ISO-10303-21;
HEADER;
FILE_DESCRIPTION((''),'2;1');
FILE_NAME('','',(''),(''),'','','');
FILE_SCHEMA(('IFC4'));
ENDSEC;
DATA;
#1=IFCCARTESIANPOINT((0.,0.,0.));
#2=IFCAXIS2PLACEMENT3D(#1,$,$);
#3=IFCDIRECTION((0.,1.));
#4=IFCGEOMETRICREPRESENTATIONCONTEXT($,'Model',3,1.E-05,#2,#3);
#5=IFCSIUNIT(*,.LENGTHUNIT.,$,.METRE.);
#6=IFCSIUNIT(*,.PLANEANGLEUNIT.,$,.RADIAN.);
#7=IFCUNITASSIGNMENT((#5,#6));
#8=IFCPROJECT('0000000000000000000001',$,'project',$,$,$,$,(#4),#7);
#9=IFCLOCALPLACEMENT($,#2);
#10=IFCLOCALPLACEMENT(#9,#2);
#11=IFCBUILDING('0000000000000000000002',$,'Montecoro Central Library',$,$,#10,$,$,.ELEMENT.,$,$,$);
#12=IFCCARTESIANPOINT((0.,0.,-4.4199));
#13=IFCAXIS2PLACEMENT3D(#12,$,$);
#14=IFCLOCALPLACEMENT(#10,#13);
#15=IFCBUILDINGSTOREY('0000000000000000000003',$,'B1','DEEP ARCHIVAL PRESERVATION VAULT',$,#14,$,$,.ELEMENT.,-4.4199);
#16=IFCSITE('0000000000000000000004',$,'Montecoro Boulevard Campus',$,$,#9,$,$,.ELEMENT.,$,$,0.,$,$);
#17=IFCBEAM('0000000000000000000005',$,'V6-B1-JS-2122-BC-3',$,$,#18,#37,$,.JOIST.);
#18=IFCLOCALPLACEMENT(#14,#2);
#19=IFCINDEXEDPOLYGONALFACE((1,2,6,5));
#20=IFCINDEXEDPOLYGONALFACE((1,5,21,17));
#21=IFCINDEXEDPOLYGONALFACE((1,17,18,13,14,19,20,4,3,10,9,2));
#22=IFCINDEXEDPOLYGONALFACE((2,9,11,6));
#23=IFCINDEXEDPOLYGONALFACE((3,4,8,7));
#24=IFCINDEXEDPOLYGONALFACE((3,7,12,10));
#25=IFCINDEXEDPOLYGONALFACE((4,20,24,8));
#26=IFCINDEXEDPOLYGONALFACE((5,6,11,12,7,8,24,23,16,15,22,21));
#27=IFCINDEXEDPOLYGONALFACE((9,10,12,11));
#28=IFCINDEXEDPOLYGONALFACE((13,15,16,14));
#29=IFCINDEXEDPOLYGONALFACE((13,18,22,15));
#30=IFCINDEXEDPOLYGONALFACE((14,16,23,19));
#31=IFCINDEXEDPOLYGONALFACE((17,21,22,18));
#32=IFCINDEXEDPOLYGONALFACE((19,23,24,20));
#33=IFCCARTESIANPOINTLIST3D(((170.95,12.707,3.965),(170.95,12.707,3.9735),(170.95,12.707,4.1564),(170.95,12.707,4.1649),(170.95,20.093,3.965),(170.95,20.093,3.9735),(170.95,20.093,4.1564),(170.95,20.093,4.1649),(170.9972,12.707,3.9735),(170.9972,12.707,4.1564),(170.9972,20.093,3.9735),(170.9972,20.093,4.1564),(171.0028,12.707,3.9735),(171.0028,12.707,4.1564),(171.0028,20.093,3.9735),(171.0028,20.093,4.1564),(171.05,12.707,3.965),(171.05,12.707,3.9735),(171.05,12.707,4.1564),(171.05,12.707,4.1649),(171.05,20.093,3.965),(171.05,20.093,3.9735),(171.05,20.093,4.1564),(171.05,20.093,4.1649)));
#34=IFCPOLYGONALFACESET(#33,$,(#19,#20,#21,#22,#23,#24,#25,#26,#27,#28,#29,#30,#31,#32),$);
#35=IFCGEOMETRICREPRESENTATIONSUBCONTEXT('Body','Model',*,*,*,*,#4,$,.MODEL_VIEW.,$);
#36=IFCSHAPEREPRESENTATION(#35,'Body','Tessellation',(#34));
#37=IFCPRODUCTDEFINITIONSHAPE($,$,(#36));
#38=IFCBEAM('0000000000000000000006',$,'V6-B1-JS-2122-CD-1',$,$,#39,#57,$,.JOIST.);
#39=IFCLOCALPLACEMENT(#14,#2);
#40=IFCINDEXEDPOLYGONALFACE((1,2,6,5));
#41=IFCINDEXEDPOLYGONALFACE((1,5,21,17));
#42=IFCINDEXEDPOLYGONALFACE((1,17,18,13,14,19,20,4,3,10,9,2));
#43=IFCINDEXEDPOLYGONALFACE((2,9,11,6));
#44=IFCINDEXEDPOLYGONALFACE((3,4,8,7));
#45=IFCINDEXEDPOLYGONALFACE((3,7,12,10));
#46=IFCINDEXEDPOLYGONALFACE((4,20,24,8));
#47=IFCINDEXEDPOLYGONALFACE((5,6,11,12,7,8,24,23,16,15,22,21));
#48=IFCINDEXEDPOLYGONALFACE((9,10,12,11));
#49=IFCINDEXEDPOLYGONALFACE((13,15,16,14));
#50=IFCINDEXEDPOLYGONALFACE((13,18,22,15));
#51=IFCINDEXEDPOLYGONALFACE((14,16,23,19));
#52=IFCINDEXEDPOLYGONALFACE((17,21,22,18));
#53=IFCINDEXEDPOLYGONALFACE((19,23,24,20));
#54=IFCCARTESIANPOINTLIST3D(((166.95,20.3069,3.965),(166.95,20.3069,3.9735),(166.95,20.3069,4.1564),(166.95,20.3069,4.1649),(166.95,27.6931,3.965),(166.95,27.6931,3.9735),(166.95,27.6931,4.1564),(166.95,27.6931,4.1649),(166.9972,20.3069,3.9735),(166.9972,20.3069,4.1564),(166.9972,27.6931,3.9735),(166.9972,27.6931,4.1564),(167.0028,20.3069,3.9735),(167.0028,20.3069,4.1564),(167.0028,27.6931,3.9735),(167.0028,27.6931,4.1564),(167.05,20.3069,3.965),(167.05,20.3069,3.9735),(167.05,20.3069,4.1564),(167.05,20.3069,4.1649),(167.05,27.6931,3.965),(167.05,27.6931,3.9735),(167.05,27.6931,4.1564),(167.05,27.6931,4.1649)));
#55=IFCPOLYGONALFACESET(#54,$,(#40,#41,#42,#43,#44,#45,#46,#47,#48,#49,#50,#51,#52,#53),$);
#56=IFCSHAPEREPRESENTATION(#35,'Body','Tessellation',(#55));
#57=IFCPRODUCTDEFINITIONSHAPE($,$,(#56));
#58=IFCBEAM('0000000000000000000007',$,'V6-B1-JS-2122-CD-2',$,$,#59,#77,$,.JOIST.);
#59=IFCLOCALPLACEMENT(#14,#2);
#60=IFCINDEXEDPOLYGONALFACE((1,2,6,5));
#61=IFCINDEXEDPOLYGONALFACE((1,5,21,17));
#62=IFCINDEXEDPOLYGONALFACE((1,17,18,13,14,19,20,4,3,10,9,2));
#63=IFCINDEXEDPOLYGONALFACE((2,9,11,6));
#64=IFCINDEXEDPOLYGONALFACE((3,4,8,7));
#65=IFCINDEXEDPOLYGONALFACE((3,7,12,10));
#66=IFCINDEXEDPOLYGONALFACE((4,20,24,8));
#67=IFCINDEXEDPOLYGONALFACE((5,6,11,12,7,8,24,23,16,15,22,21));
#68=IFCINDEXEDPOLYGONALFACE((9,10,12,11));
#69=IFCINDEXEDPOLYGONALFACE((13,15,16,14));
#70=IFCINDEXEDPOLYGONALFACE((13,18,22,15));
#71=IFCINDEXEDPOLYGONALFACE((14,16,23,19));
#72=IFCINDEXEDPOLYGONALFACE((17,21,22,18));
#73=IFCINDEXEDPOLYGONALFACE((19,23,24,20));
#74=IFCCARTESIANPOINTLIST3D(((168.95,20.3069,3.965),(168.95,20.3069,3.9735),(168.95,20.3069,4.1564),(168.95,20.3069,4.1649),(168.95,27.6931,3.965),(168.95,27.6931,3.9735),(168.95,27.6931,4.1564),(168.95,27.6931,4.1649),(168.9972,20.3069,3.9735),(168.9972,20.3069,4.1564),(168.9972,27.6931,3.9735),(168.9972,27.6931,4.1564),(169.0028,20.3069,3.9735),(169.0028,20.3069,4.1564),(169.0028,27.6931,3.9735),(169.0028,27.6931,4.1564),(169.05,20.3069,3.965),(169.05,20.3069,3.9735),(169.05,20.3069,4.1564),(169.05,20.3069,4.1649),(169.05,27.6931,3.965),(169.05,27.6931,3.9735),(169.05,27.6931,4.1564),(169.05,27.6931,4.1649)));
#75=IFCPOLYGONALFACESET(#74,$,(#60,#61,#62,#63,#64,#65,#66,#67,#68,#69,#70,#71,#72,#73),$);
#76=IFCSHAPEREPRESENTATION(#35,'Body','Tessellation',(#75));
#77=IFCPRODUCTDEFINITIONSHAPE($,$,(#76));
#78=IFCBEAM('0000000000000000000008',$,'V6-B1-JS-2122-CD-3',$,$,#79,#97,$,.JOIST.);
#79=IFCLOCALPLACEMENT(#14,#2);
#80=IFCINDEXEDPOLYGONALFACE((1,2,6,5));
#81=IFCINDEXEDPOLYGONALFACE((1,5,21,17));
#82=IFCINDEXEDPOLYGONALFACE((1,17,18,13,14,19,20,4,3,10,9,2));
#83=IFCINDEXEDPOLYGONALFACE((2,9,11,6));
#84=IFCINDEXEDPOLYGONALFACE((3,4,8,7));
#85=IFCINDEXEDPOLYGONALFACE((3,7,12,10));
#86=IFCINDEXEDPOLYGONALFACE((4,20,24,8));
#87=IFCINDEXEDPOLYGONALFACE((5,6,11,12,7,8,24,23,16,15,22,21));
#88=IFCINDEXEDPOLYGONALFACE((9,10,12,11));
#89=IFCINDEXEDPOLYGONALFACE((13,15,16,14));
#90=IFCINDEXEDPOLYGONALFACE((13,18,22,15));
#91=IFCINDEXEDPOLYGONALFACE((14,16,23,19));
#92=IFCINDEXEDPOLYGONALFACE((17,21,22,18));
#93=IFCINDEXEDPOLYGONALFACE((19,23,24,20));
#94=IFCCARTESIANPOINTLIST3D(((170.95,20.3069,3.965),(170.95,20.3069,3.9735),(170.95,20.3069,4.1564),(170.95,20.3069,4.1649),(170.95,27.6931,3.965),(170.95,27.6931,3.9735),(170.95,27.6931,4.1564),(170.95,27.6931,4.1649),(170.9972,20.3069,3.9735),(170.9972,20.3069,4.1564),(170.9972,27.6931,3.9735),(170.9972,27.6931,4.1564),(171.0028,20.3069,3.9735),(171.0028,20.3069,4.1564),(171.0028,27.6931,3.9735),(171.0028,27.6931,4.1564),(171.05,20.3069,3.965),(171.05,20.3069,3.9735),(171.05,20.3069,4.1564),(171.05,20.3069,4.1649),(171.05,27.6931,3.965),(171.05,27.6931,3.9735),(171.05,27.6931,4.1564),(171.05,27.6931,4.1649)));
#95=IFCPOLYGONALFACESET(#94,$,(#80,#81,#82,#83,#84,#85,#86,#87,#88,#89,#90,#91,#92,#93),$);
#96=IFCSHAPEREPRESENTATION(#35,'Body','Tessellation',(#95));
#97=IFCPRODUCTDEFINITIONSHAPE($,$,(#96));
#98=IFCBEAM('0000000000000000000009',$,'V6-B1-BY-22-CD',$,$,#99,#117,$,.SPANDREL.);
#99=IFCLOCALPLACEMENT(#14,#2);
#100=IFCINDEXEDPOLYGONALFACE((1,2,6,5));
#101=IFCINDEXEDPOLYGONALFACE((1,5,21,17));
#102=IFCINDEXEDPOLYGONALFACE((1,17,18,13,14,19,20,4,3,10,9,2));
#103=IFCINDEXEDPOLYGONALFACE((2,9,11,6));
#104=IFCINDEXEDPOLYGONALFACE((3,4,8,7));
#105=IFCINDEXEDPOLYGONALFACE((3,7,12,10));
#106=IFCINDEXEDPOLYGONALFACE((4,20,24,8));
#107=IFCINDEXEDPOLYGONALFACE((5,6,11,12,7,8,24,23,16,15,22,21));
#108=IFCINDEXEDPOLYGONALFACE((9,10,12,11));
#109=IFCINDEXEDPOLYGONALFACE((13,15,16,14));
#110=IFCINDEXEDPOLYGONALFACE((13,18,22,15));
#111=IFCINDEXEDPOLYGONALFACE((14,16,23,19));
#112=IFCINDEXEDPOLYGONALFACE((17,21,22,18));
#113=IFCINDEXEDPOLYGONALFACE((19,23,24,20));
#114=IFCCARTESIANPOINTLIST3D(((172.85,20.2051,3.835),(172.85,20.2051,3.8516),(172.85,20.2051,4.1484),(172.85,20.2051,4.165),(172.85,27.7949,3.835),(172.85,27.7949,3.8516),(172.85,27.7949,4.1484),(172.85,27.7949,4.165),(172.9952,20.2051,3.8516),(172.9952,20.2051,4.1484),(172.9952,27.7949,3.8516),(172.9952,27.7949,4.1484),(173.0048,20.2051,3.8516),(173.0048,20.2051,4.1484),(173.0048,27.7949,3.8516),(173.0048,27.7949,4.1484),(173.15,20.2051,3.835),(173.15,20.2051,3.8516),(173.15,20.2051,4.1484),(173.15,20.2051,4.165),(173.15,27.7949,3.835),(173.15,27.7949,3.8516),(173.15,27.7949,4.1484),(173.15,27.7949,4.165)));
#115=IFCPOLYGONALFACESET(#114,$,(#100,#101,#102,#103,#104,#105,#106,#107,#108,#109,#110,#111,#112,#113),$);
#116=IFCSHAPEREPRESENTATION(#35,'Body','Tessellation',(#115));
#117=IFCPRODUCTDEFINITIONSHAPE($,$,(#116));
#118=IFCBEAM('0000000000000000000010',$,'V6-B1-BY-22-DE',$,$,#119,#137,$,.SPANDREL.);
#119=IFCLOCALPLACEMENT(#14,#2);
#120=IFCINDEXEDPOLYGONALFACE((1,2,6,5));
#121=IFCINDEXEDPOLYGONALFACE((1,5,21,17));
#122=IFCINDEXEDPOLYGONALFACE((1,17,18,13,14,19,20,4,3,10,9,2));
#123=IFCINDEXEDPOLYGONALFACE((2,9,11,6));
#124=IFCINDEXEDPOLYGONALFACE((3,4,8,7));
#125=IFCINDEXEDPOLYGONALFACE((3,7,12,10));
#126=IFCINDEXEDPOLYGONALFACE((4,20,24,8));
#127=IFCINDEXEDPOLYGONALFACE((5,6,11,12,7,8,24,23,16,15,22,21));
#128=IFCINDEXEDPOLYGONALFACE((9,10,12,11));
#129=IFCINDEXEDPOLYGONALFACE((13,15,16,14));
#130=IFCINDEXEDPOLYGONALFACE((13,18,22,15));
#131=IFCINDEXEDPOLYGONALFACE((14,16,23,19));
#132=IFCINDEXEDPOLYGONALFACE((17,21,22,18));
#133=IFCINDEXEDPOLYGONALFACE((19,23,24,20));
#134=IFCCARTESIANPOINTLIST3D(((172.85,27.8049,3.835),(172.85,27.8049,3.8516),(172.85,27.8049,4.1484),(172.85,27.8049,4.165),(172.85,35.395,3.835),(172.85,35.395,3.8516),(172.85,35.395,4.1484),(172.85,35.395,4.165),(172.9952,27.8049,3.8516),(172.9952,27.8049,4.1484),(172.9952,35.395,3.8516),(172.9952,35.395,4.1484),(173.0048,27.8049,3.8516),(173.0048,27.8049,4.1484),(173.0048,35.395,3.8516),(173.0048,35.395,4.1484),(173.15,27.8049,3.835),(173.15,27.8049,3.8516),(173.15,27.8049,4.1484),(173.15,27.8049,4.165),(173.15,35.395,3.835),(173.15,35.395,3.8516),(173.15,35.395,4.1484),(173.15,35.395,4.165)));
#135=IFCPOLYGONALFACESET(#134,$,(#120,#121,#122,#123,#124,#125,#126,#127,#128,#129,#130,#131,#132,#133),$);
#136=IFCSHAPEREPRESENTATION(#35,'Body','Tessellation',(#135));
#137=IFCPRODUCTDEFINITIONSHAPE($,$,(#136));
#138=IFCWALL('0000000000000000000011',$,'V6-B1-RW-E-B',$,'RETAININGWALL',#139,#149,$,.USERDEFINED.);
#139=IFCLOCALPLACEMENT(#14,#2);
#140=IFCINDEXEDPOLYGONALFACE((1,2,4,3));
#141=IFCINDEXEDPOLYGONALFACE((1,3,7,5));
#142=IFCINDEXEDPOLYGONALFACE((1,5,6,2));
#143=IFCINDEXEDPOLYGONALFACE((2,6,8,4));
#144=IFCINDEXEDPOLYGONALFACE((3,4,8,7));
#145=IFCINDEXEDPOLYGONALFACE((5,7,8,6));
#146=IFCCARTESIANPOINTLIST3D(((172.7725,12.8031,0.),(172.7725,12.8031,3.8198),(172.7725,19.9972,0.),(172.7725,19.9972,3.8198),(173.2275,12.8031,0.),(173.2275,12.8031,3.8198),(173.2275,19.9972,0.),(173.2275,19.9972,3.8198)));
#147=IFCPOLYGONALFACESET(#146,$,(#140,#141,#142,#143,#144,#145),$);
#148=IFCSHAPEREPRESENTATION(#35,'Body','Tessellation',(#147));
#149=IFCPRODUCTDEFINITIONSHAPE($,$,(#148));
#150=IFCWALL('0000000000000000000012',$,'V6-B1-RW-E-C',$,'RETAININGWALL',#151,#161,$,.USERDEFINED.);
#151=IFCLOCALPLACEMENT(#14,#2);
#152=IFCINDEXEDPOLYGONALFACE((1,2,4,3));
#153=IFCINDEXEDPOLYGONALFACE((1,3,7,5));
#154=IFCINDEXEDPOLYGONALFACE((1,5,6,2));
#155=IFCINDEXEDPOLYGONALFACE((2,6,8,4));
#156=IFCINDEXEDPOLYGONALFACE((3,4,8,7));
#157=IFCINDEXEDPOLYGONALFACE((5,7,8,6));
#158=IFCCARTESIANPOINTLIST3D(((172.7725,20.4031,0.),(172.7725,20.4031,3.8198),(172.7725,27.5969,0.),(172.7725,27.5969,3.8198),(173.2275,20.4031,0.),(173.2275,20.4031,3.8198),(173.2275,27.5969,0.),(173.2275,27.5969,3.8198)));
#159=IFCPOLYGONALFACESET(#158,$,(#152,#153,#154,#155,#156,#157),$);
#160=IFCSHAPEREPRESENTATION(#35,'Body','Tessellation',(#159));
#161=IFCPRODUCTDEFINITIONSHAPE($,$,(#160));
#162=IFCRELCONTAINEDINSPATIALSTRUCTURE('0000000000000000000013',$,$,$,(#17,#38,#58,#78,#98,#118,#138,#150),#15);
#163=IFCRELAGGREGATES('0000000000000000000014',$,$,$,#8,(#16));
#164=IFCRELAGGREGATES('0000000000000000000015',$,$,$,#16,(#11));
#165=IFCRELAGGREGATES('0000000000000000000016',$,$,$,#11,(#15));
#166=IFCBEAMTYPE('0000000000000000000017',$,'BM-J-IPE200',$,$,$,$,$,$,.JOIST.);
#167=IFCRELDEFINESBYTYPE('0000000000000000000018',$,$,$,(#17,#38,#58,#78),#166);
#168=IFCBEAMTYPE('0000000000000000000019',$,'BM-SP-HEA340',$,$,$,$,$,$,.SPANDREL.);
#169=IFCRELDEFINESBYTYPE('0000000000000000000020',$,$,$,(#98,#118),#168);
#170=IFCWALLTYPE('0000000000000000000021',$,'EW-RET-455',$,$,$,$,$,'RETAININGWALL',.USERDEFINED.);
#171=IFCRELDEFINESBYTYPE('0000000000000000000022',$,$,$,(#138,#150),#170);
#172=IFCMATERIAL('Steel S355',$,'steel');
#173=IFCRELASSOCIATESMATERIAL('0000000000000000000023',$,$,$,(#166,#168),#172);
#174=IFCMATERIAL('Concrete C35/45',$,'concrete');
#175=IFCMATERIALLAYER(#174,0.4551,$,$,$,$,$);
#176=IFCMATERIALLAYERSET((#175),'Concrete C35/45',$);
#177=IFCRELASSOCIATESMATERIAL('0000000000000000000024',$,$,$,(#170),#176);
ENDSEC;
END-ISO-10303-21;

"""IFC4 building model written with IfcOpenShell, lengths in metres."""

from ifc_helpers import new_model, si_unit, direction, frame, frame_2d, origin, origin_2d, place, context, subcontext, project, spatial, rectangle, i_section, extrude, material, layer, layer_set, material_profile, profile_set, type_object, element, save


model = new_model("IFC4")

# Units and contexts
model_context = context("Model", 3, precision=1e-05, world=origin(), true_north=direction((0.0, 1.0)))
body_context = subcontext(model_context, "Body", "Model", "MODEL_VIEW")
ifc_project = project(units=[si_unit("LENGTHUNIT", "METRE"), si_unit("PLANEANGLEUNIT", "RADIAN")], contexts=[model_context])

# Site, building, storey
site_placement = place(None, origin())
site = spatial("IfcSite", under=ifc_project, at=site_placement, Name="Montecoro Boulevard Campus", CompositionType="ELEMENT", RefElevation=0.0)
building_placement = place(site_placement, origin())
building = spatial("IfcBuilding", under=site, at=building_placement, Name="Montecoro Central Library", CompositionType="ELEMENT")
storey_placement = place(building_placement, frame((0.0, 0.0, -4.4199)))
storey = spatial("IfcBuildingStorey", under=building, at=storey_placement, Name="B1", Description="DEEP ARCHIVAL PRESERVATION VAULT", CompositionType="ELEMENT", Elevation=-4.4199)

# Shared definitions
ifc_material_1 = material(Name="Concrete C35/45", Category="concrete")

# Beams
ifc_material_2 = material(Name="Steel S355", Category="steel")
ifc_material_profile_1 = material_profile(ifc_material_2, i_section(OverallWidth=0.1001, OverallDepth=0.2, WebThickness=0.0056, FlangeThickness=0.0085, at=origin_2d()), Name="IPE 200")
ifc_profile_set_1 = profile_set([ifc_material_profile_1], Name="Steel S355")
beam_type_1 = type_object("IfcBeamType", Name="BM-J-IPE200", PredefinedType="JOIST", material=ifc_profile_set_1)
for number, where, z_axis, x_axis, name in (
    (1, (171.0, 12.707, 4.0649), (0.0, 1.0, 0.0), (-1.0, 0.0, 0.0), "V6-B1-JS-2122-BC-3"),
):
    element("IfcBeam", number, at=place(storey_placement, frame(where, z_axis=z_axis, x_axis=x_axis)), inside=storey, type_object=beam_type_1, Name=name, PredefinedType="JOIST", context=body_context, shape_type="SweptSolid", body=[
        extrude(i_section(OverallWidth=0.1001, OverallDepth=0.2, WebThickness=0.0056, FlangeThickness=0.0085, at=origin_2d()), origin(), (0.0, 0.0, 1.0), 7.386),
    ])
for number, where, z_axis, x_axis, name in (
    (2, (167.0, 20.3069, 4.0649), (0.0, 1.0, 0.0), (-1.0, 0.0, 0.0), "V6-B1-JS-2122-CD-1"),
    (3, (169.0, 20.3069, 4.0649), (0.0, 1.0, 0.0), (-1.0, 0.0, 0.0), "V6-B1-JS-2122-CD-2"),
    (4, (171.0, 20.3069, 4.0649), (0.0, 1.0, 0.0), (-1.0, 0.0, 0.0), "V6-B1-JS-2122-CD-3"),
):
    element("IfcBeam", number, at=place(storey_placement, frame(where, z_axis=z_axis, x_axis=x_axis)), inside=storey, type_object=beam_type_1, Name=name, PredefinedType="JOIST", context=body_context, shape_type="SweptSolid", body=[
        extrude(i_section(OverallWidth=0.1001, OverallDepth=0.2, WebThickness=0.0056, FlangeThickness=0.0085, at=origin_2d()), origin(), (0.0, 0.0, 1.0), 7.3862),
    ])
ifc_material_profile_2 = material_profile(ifc_material_2, i_section(OverallWidth=0.3, OverallDepth=0.3301, WebThickness=0.0095, FlangeThickness=0.0166, at=origin_2d()), Name="HEA 340")
ifc_profile_set_2 = profile_set([ifc_material_profile_2], Name="Steel S355")
beam_type_2 = type_object("IfcBeamType", Name="BM-SP-HEA340", PredefinedType="SPANDREL", material=ifc_profile_set_2)
beam_1_placement = place(storey_placement, frame((173.0, 20.2051, 4.0), z_axis=(0.0, 1.0, 0.0), x_axis=(-1.0, 0.0, 0.0)))
element("IfcBeam", 5, at=beam_1_placement, inside=storey, type_object=beam_type_2, Name="V6-B1-BY-22-CD", PredefinedType="SPANDREL", context=body_context, shape_type="SweptSolid", body=[
    extrude(i_section(OverallWidth=0.3, OverallDepth=0.3301, WebThickness=0.0095, FlangeThickness=0.0166, at=origin_2d()), origin(), (0.0, 0.0, 1.0), 7.5898),
])
beam_2_placement = place(storey_placement, frame((173.0, 27.8049, 4.0), z_axis=(0.0, 1.0, 0.0), x_axis=(-1.0, 0.0, 0.0)))
element("IfcBeam", 6, at=beam_2_placement, inside=storey, type_object=beam_type_2, Name="V6-B1-BY-22-DE", PredefinedType="SPANDREL", context=body_context, shape_type="SweptSolid", body=[
    extrude(i_section(OverallWidth=0.3, OverallDepth=0.3301, WebThickness=0.0095, FlangeThickness=0.0166, at=origin_2d()), origin(), (0.0, 0.0, 1.0), 7.5901),
])

# Walls
ifc_layer = layer(ifc_material_1, 0.4551)
ifc_layer_set = layer_set([ifc_layer], Name="Concrete C35/45")
wall_type = type_object("IfcWallType", Name="EW-RET-455", ElementType="RETAININGWALL", PredefinedType="USERDEFINED", material=ifc_layer_set)
wall_1_placement = place(storey_placement, frame((173.0, 12.803, 0.0), z_axis=(0.0, 0.0, 1.0), x_axis=(0.0, 1.0, 0.0)))
element("IfcWall", 7, at=wall_1_placement, inside=storey, type_object=wall_type, Name="V6-B1-RW-E-B", ObjectType="RETAININGWALL", PredefinedType="USERDEFINED", context=body_context, shape_type="SweptSolid", body=[
    extrude(rectangle(XDim=7.1941, YDim=0.4551, at=frame_2d((3.5972, 0.0))), origin(), (0.0, 0.0, 1.0), 3.8198),
])
wall_2_placement = place(storey_placement, frame((173.0, 20.4031, 0.0), z_axis=(0.0, 0.0, 1.0), x_axis=(0.0, 1.0, 0.0)))
element("IfcWall", 8, at=wall_2_placement, inside=storey, type_object=wall_type, Name="V6-B1-RW-E-C", ObjectType="RETAININGWALL", PredefinedType="USERDEFINED", context=body_context, shape_type="SweptSolid", body=[
    extrude(rectangle(XDim=7.1938, YDim=0.4551, at=frame_2d((3.5969, 0.0))), origin(), (0.0, 0.0, 1.0), 3.8198),
])

save(model, "model.ifc")
